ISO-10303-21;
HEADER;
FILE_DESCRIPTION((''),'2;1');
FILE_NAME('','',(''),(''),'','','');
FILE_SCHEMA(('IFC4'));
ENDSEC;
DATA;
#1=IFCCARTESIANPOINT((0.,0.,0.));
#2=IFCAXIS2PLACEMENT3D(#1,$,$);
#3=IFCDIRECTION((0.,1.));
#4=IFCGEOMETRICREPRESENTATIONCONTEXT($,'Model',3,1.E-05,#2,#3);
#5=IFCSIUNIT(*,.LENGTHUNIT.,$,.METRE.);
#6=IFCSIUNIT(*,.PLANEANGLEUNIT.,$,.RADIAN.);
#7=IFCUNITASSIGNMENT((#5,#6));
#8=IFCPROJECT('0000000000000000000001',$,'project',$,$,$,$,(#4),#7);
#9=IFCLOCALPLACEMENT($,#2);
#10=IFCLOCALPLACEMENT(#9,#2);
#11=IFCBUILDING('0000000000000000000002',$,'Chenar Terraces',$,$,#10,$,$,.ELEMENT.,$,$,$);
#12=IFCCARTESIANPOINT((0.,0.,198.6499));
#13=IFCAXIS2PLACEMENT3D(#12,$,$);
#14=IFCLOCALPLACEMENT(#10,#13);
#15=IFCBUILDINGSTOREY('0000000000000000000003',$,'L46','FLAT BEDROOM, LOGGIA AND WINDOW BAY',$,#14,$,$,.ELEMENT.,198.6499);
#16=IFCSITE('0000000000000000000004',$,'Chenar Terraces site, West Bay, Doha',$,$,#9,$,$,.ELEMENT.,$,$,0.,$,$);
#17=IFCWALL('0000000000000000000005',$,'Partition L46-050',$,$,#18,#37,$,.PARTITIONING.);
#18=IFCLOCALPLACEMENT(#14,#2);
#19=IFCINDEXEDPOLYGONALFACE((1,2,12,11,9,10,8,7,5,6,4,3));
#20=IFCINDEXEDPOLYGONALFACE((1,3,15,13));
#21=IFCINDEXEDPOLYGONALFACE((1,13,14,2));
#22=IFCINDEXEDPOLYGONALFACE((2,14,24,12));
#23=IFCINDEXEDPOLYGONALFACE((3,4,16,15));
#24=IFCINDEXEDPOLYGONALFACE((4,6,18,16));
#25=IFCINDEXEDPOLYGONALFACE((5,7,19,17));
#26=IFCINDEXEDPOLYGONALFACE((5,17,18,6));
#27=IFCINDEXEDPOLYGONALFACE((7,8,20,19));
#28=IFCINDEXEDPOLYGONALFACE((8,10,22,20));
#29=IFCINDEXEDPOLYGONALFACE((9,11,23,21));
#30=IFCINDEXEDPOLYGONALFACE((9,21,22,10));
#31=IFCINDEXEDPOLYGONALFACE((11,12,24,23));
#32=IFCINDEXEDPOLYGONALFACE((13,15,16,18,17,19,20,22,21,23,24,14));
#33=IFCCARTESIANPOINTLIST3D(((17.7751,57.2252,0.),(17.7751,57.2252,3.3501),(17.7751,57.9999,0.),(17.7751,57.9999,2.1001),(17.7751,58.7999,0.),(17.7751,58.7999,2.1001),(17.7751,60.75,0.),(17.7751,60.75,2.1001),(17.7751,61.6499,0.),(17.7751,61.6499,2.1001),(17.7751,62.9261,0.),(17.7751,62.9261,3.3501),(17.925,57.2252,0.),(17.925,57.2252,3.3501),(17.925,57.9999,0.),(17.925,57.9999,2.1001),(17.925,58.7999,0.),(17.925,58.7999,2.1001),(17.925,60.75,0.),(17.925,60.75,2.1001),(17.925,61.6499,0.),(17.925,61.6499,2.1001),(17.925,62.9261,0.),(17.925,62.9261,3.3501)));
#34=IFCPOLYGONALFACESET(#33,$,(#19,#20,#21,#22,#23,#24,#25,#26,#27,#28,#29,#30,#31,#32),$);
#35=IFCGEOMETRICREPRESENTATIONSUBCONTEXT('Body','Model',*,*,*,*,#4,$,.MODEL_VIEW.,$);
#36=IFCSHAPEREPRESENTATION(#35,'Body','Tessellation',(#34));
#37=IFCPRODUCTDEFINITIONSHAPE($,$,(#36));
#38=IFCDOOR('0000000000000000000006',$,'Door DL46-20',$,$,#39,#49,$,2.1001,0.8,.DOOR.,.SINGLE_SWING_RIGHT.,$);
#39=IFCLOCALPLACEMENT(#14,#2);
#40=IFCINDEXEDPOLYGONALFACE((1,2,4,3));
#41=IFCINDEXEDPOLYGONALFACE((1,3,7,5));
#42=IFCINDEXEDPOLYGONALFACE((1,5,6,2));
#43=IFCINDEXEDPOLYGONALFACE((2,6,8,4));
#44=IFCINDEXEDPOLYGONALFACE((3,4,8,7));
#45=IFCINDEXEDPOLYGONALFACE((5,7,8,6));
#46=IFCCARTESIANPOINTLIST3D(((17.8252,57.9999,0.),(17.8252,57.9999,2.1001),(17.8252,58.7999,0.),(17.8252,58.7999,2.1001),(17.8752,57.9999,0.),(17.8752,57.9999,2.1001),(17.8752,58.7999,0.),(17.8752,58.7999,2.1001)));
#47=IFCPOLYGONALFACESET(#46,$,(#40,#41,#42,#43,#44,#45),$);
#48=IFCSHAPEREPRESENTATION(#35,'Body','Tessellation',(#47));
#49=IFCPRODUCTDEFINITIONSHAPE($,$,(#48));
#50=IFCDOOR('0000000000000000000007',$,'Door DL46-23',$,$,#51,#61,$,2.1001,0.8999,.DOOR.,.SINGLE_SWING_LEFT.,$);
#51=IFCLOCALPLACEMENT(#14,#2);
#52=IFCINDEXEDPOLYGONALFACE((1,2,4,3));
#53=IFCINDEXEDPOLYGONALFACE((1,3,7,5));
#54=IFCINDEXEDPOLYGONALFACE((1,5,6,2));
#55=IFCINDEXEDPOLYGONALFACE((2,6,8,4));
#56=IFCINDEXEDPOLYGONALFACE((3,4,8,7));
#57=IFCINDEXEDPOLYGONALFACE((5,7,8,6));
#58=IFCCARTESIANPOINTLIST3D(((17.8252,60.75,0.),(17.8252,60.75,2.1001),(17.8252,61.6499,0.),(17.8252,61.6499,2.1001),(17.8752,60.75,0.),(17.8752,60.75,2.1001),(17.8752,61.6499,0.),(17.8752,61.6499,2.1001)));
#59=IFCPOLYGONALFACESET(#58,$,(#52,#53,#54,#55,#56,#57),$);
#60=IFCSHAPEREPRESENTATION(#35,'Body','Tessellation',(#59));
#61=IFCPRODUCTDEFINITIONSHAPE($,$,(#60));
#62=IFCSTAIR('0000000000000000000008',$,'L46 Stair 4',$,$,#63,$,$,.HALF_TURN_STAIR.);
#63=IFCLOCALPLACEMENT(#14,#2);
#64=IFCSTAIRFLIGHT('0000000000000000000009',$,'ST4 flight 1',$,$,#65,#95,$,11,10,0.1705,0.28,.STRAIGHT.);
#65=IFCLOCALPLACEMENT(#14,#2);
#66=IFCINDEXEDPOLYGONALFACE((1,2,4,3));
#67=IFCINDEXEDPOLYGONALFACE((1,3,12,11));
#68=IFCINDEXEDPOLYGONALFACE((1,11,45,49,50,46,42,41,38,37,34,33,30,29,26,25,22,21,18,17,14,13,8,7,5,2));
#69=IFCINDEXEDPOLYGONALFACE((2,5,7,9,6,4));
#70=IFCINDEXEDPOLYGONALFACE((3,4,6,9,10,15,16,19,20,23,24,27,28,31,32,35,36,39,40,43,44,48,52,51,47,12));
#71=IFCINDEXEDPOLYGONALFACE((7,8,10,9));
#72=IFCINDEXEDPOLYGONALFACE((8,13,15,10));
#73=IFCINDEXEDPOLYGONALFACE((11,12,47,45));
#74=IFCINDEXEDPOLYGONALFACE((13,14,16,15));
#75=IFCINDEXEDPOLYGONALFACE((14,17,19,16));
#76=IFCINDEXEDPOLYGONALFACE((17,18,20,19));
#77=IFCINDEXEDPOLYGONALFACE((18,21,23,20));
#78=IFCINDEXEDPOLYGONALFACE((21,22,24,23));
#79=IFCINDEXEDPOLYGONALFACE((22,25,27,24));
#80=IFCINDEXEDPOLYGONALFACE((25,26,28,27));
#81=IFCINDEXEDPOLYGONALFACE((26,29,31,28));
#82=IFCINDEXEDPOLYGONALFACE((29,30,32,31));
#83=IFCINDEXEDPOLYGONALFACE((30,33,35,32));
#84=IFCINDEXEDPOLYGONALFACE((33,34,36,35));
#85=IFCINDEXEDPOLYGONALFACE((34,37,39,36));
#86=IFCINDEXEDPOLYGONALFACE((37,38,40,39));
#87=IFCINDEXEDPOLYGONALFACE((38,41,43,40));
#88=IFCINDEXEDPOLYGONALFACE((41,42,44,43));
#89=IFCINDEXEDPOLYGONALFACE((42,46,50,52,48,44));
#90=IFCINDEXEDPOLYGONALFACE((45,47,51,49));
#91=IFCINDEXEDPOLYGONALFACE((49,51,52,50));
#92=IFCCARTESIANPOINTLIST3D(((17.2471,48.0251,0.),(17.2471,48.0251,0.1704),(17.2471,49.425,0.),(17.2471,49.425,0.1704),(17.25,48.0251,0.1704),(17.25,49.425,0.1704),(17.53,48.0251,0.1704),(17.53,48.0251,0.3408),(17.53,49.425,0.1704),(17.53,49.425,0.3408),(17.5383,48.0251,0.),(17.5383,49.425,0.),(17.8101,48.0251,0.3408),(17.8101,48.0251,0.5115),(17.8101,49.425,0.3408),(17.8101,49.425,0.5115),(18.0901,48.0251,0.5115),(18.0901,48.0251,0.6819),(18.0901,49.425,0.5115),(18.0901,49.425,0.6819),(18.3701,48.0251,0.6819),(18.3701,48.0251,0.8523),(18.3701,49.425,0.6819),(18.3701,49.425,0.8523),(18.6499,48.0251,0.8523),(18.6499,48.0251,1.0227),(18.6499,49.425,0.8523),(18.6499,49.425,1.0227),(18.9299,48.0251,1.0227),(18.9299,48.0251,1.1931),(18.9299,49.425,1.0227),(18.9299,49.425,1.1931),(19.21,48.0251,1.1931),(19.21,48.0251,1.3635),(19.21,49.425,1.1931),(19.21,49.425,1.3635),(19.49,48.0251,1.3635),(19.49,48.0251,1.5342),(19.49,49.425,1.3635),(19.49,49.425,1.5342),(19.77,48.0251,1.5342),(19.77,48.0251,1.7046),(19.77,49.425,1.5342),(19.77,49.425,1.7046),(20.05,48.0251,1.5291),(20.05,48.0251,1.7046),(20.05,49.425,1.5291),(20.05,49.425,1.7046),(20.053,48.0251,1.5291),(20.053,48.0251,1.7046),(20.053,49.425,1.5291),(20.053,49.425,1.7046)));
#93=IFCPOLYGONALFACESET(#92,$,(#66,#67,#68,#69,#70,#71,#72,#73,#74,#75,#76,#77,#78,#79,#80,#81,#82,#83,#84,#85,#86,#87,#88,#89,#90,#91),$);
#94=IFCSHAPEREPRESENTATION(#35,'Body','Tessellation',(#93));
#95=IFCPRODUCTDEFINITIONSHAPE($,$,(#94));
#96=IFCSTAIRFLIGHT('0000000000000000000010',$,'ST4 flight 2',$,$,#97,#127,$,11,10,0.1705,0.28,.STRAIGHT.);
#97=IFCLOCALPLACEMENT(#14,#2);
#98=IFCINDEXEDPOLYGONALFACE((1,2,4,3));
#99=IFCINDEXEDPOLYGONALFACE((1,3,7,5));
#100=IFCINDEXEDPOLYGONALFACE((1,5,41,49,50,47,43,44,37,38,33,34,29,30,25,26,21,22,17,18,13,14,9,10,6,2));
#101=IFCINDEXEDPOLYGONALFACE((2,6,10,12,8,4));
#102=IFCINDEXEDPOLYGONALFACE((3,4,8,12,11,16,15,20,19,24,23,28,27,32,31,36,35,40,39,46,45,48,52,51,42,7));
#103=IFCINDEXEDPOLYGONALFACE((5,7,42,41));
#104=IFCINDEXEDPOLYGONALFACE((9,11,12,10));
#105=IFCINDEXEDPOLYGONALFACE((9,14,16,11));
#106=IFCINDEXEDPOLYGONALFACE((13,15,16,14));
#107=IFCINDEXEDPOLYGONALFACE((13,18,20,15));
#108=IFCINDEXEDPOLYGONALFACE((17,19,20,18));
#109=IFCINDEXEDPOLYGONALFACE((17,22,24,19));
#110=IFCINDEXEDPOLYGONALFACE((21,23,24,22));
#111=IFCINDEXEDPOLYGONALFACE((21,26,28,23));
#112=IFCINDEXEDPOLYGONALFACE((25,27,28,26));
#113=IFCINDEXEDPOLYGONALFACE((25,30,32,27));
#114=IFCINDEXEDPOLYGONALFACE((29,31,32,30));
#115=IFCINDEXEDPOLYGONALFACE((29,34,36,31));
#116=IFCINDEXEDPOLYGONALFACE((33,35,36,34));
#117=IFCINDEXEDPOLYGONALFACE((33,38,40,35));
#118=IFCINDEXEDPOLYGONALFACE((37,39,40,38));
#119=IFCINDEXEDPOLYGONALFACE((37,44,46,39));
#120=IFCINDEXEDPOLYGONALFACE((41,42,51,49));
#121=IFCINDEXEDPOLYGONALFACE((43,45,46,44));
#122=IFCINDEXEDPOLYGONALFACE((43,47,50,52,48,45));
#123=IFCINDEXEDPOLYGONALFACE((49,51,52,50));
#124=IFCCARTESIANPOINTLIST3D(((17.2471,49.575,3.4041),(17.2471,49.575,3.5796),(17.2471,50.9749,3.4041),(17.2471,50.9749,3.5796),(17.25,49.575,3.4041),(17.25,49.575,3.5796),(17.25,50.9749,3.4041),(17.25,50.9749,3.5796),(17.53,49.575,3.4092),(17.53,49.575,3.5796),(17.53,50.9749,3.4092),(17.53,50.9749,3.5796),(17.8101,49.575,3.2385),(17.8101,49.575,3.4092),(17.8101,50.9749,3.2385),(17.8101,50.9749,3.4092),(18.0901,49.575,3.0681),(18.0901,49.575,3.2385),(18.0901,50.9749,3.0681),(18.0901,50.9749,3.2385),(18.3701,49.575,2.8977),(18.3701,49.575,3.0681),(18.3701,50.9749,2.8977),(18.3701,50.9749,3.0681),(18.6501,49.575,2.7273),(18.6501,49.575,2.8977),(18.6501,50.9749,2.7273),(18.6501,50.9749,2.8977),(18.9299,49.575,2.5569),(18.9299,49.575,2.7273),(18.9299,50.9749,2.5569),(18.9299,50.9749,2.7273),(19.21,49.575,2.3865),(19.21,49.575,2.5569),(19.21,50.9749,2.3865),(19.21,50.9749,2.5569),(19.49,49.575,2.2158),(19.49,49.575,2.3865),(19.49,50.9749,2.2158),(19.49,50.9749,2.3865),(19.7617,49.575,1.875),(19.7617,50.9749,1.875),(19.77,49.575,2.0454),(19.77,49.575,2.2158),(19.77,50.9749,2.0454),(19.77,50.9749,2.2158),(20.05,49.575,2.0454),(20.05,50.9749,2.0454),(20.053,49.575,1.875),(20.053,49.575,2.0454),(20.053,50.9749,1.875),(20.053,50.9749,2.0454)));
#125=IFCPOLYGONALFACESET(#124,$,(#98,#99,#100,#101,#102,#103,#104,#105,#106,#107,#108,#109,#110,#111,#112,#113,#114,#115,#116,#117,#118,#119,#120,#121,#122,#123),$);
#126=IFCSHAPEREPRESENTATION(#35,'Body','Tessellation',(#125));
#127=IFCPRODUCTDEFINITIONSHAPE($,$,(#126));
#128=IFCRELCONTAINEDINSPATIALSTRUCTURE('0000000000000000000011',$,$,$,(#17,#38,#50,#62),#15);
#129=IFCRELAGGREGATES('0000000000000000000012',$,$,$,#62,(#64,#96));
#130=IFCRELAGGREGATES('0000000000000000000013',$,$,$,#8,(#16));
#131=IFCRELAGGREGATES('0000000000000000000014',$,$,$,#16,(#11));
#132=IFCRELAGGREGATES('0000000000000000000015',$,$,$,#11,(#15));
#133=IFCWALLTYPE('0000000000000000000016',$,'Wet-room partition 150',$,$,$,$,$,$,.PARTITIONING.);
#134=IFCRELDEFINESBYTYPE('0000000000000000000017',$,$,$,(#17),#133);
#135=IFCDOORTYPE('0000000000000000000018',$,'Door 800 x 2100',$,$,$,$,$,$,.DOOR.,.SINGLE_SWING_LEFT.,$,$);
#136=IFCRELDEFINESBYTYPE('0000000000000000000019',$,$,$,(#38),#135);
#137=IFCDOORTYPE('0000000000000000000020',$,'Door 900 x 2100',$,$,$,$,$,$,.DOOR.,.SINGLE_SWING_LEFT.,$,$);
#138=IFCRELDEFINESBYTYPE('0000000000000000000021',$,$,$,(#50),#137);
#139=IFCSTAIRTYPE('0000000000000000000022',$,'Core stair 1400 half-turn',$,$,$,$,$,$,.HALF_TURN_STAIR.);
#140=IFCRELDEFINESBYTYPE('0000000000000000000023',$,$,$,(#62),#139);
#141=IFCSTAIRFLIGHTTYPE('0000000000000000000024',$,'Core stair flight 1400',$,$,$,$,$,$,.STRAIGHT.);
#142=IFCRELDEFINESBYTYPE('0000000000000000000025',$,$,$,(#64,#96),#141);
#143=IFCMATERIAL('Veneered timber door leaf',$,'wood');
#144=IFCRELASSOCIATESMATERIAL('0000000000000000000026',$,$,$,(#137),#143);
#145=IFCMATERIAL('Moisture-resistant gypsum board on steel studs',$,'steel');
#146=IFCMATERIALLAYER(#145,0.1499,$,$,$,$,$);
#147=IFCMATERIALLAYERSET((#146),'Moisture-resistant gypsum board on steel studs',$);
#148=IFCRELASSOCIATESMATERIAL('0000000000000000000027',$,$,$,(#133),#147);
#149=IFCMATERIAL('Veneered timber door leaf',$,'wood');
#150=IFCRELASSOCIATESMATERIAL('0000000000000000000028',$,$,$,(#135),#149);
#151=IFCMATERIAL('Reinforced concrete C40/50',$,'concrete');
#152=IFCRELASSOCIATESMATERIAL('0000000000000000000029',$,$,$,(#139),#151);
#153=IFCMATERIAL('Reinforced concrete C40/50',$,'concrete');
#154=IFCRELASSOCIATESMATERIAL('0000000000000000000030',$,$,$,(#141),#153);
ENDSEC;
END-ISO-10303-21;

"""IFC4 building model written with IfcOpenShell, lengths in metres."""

from ifc_helpers import new_model, si_unit, direction, frame, frame_2d, origin, place, context, subcontext, project, spatial, polyline, rectangle, outline, extrude, material, layer, layer_set, type_object, element, fill, aggregate, save


model = new_model("IFC4")

# Units and contexts
model_context = context("Model", 3, precision=1e-05, world=origin(), true_north=direction((0.0, 1.0)))
body_context = subcontext(model_context, "Body", "Model", "MODEL_VIEW")
ifc_project = project(units=[si_unit("LENGTHUNIT", "METRE"), si_unit("PLANEANGLEUNIT", "RADIAN")], contexts=[model_context])

# Site, building, storey
site_placement = place(None, origin())
site = spatial("IfcSite", under=ifc_project, at=site_placement, Name="Chenar Terraces site, West Bay, Doha", CompositionType="ELEMENT", RefElevation=0.0)
building_placement = place(site_placement, origin())
building = spatial("IfcBuilding", under=site, at=building_placement, Name="Chenar Terraces", CompositionType="ELEMENT")
storey_placement = place(building_placement, frame((0.0, 0.0, 198.6499)))
storey = spatial("IfcBuildingStorey", under=building, at=storey_placement, Name="L46", Description="FLAT BEDROOM, LOGGIA AND WINDOW BAY", CompositionType="ELEMENT", Elevation=198.6499)

# Shared definitions
ifc_material_1 = material(Name="Veneered timber door leaf", Category="wood")
door_type_1 = type_object("IfcDoorType", Name="Door 900 x 2100", OperationType="SINGLE_SWING_LEFT", PredefinedType="DOOR", material=ifc_material_1)

# Shared definitions
ifc_material_2 = material(Name="Moisture-resistant gypsum board on steel studs", Category="steel")
ifc_layer_1 = layer(ifc_material_2, 0.1499)
ifc_layer_set_1 = layer_set([ifc_layer_1], Name="Moisture-resistant gypsum board on steel studs")
wall_type_1 = type_object("IfcWallType", Name="Wet-room partition 150", PredefinedType="PARTITIONING", material=ifc_layer_set_1)

# Wall, openings, doors
wall_1_placement = place(storey_placement, frame((17.8501, 57.2251, 0.0), z_axis=(0.0, 0.0, 1.0), x_axis=(0.0, 1.0, 0.0)))
wall_1 = element("IfcWall", 1, at=wall_1_placement, inside=storey, type_object=wall_type_1, Name="Partition L46-050", PredefinedType="PARTITIONING", context=body_context, shape_type="SweptSolid", body=[
    extrude(rectangle(XDim=5.7009, YDim=0.1499, at=frame_2d((2.8506, 0.0))), origin(), (0.0, 0.0, 1.0), 3.3501),
])
opening_1_placement = place(wall_1_placement, frame((0.7749, 0.0, 0.0)))
opening_1 = element("IfcOpeningElement", 2, at=opening_1_placement, cuts=wall_1, PredefinedType="OPENING", context=body_context, shape_type="SweptSolid", body=[
    extrude(rectangle(XDim=0.8, YDim=2.1001, at=frame_2d((0.3999, 1.05))), frame((0.0, 0.085, 0.0), z_axis=(0.0, -1.0, 0.0), x_axis=(1.0, 0.0, 0.0)), (0.0, 0.0, 1.0), 0.1699),
])
opening_2_placement = place(wall_1_placement, frame((3.5249, 0.0, 0.0)))
opening_2 = element("IfcOpeningElement", 3, at=opening_2_placement, cuts=wall_1, PredefinedType="OPENING", context=body_context, shape_type="SweptSolid", body=[
    extrude(rectangle(XDim=0.8999, YDim=2.1001, at=frame_2d((0.45, 1.05))), frame((0.0, 0.085, 0.0), z_axis=(0.0, -1.0, 0.0), x_axis=(1.0, 0.0, 0.0)), (0.0, 0.0, 1.0), 0.1699),
])
ifc_material_3 = material(Name="Veneered timber door leaf", Category="wood")
door_type_2 = type_object("IfcDoorType", Name="Door 800 x 2100", OperationType="SINGLE_SWING_LEFT", PredefinedType="DOOR", material=ifc_material_3)
door_1_placement = place(opening_1_placement, origin())
door_1 = element("IfcDoor", 4, at=door_1_placement, inside=storey, type_object=door_type_2, Name="Door DL46-20", OperationType="SINGLE_SWING_RIGHT", OverallHeight=2.1001, OverallWidth=0.8, PredefinedType="DOOR", context=body_context, shape_type="SweptSolid", body=[
    extrude(rectangle(XDim=0.8, YDim=2.1001, at=frame_2d((0.3999, 1.05))), frame((0.0, 0.0249, 0.0), z_axis=(0.0, -1.0, 0.0), x_axis=(1.0, 0.0, 0.0)), (0.0, 0.0, 1.0), 0.05),
])
fill(opening_1, door_1)
door_2_placement = place(opening_2_placement, origin())
door_2 = element("IfcDoor", 5, at=door_2_placement, inside=storey, type_object=door_type_1, Name="Door DL46-23", OperationType="SINGLE_SWING_LEFT", OverallHeight=2.1001, OverallWidth=0.8999, PredefinedType="DOOR", context=body_context, shape_type="SweptSolid", body=[
    extrude(rectangle(XDim=0.8999, YDim=2.1001, at=frame_2d((0.45, 1.05))), frame((0.0, 0.0249, 0.0), z_axis=(0.0, -1.0, 0.0), x_axis=(1.0, 0.0, 0.0)), (0.0, 0.0, 1.0), 0.05),
])
fill(opening_2, door_2)

# Stair, stair flights
ifc_material_4 = material(Name="Reinforced concrete C40/50", Category="concrete")
stair_type = type_object("IfcStairType", Name="Core stair 1400 half-turn", PredefinedType="HALF_TURN_STAIR", material=ifc_material_4)
stair_placement = place(storey_placement, origin())
stair = element("IfcStair", 6, at=stair_placement, inside=storey, type_object=stair_type, Name="L46 Stair 4", PredefinedType="HALF_TURN_STAIR")
ifc_material_5 = material(Name="Reinforced concrete C40/50", Category="concrete")
stair_flight_type = type_object("IfcStairFlightType", Name="Core stair flight 1400", PredefinedType="STRAIGHT", material=ifc_material_5)
stair_flight_1_placement = place(storey_placement, frame((17.25, 48.7251, 0.0), z_axis=(0.0, 0.0, 1.0), x_axis=(1.0, 0.0, 0.0)))
stair_flight_1 = element("IfcStairFlight", 7, at=stair_flight_1_placement, type_object=stair_flight_type, Name="ST4 flight 1", NumberOfRisers=11, NumberOfTreads=10, PredefinedType="STRAIGHT", RiserHeight=0.1705, TreadLength=0.28, context=body_context, shape_type="SweptSolid", body=[
    extrude(outline(polyline([(-0.0029, 0.0), (-0.0029, 0.1704), (0.0, 0.1704), (0.28, 0.1704), (0.28, 0.3408), (0.5601, 0.3408), (0.5601, 0.5115), (0.8401, 0.5115), (0.8401, 0.6819), (1.1201, 0.6819), (1.1201, 0.8523), (1.3999, 0.8523), (1.3999, 1.0227), (1.6799, 1.0227), (1.6799, 1.1931), (1.96, 1.1931), (1.96, 1.3635), (2.24, 1.3635), (2.24, 1.5342), (2.52, 1.5342), (2.52, 1.7046), (2.8, 1.7046), (2.803, 1.7046), (2.803, 1.5291), (2.8, 1.5291), (0.2883, 0.0), (-0.0029, 0.0)])), frame((0.0, 0.7, 0.0), z_axis=(0.0, -1.0, 0.0), x_axis=(1.0, 0.0, 0.0)), (0.0, 0.0, 1.0), 1.3999),
])
stair_flight_2_placement = place(storey_placement, frame((20.05, 50.2749, 1.875), z_axis=(0.0, 0.0, 1.0), x_axis=(-1.0, 0.0, 0.0)))
stair_flight_2 = element("IfcStairFlight", 8, at=stair_flight_2_placement, type_object=stair_flight_type, Name="ST4 flight 2", NumberOfRisers=11, NumberOfTreads=10, PredefinedType="STRAIGHT", RiserHeight=0.1705, TreadLength=0.28, context=body_context, shape_type="SweptSolid", body=[
    extrude(outline(polyline([(-0.0029, 0.0), (-0.0029, 0.1704), (0.0, 0.1704), (0.28, 0.1704), (0.28, 0.3408), (0.5601, 0.3408), (0.5601, 0.5115), (0.8401, 0.5115), (0.8401, 0.6819), (1.1201, 0.6819), (1.1201, 0.8523), (1.3999, 0.8523), (1.3999, 1.0227), (1.6799, 1.0227), (1.6799, 1.1931), (1.96, 1.1931), (1.96, 1.3635), (2.24, 1.3635), (2.24, 1.5342), (2.52, 1.5342), (2.52, 1.7046), (2.8, 1.7046), (2.803, 1.7046), (2.803, 1.5291), (2.8, 1.5291), (0.2883, 0.0), (-0.0029, 0.0)])), frame((0.0, 0.7, 0.0), z_axis=(0.0, -1.0, 0.0), x_axis=(1.0, 0.0, 0.0)), (0.0, 0.0, 1.0), 1.3999),
])
aggregate(stair, [stair_flight_1, stair_flight_2])

save(model, "model.ifc")
